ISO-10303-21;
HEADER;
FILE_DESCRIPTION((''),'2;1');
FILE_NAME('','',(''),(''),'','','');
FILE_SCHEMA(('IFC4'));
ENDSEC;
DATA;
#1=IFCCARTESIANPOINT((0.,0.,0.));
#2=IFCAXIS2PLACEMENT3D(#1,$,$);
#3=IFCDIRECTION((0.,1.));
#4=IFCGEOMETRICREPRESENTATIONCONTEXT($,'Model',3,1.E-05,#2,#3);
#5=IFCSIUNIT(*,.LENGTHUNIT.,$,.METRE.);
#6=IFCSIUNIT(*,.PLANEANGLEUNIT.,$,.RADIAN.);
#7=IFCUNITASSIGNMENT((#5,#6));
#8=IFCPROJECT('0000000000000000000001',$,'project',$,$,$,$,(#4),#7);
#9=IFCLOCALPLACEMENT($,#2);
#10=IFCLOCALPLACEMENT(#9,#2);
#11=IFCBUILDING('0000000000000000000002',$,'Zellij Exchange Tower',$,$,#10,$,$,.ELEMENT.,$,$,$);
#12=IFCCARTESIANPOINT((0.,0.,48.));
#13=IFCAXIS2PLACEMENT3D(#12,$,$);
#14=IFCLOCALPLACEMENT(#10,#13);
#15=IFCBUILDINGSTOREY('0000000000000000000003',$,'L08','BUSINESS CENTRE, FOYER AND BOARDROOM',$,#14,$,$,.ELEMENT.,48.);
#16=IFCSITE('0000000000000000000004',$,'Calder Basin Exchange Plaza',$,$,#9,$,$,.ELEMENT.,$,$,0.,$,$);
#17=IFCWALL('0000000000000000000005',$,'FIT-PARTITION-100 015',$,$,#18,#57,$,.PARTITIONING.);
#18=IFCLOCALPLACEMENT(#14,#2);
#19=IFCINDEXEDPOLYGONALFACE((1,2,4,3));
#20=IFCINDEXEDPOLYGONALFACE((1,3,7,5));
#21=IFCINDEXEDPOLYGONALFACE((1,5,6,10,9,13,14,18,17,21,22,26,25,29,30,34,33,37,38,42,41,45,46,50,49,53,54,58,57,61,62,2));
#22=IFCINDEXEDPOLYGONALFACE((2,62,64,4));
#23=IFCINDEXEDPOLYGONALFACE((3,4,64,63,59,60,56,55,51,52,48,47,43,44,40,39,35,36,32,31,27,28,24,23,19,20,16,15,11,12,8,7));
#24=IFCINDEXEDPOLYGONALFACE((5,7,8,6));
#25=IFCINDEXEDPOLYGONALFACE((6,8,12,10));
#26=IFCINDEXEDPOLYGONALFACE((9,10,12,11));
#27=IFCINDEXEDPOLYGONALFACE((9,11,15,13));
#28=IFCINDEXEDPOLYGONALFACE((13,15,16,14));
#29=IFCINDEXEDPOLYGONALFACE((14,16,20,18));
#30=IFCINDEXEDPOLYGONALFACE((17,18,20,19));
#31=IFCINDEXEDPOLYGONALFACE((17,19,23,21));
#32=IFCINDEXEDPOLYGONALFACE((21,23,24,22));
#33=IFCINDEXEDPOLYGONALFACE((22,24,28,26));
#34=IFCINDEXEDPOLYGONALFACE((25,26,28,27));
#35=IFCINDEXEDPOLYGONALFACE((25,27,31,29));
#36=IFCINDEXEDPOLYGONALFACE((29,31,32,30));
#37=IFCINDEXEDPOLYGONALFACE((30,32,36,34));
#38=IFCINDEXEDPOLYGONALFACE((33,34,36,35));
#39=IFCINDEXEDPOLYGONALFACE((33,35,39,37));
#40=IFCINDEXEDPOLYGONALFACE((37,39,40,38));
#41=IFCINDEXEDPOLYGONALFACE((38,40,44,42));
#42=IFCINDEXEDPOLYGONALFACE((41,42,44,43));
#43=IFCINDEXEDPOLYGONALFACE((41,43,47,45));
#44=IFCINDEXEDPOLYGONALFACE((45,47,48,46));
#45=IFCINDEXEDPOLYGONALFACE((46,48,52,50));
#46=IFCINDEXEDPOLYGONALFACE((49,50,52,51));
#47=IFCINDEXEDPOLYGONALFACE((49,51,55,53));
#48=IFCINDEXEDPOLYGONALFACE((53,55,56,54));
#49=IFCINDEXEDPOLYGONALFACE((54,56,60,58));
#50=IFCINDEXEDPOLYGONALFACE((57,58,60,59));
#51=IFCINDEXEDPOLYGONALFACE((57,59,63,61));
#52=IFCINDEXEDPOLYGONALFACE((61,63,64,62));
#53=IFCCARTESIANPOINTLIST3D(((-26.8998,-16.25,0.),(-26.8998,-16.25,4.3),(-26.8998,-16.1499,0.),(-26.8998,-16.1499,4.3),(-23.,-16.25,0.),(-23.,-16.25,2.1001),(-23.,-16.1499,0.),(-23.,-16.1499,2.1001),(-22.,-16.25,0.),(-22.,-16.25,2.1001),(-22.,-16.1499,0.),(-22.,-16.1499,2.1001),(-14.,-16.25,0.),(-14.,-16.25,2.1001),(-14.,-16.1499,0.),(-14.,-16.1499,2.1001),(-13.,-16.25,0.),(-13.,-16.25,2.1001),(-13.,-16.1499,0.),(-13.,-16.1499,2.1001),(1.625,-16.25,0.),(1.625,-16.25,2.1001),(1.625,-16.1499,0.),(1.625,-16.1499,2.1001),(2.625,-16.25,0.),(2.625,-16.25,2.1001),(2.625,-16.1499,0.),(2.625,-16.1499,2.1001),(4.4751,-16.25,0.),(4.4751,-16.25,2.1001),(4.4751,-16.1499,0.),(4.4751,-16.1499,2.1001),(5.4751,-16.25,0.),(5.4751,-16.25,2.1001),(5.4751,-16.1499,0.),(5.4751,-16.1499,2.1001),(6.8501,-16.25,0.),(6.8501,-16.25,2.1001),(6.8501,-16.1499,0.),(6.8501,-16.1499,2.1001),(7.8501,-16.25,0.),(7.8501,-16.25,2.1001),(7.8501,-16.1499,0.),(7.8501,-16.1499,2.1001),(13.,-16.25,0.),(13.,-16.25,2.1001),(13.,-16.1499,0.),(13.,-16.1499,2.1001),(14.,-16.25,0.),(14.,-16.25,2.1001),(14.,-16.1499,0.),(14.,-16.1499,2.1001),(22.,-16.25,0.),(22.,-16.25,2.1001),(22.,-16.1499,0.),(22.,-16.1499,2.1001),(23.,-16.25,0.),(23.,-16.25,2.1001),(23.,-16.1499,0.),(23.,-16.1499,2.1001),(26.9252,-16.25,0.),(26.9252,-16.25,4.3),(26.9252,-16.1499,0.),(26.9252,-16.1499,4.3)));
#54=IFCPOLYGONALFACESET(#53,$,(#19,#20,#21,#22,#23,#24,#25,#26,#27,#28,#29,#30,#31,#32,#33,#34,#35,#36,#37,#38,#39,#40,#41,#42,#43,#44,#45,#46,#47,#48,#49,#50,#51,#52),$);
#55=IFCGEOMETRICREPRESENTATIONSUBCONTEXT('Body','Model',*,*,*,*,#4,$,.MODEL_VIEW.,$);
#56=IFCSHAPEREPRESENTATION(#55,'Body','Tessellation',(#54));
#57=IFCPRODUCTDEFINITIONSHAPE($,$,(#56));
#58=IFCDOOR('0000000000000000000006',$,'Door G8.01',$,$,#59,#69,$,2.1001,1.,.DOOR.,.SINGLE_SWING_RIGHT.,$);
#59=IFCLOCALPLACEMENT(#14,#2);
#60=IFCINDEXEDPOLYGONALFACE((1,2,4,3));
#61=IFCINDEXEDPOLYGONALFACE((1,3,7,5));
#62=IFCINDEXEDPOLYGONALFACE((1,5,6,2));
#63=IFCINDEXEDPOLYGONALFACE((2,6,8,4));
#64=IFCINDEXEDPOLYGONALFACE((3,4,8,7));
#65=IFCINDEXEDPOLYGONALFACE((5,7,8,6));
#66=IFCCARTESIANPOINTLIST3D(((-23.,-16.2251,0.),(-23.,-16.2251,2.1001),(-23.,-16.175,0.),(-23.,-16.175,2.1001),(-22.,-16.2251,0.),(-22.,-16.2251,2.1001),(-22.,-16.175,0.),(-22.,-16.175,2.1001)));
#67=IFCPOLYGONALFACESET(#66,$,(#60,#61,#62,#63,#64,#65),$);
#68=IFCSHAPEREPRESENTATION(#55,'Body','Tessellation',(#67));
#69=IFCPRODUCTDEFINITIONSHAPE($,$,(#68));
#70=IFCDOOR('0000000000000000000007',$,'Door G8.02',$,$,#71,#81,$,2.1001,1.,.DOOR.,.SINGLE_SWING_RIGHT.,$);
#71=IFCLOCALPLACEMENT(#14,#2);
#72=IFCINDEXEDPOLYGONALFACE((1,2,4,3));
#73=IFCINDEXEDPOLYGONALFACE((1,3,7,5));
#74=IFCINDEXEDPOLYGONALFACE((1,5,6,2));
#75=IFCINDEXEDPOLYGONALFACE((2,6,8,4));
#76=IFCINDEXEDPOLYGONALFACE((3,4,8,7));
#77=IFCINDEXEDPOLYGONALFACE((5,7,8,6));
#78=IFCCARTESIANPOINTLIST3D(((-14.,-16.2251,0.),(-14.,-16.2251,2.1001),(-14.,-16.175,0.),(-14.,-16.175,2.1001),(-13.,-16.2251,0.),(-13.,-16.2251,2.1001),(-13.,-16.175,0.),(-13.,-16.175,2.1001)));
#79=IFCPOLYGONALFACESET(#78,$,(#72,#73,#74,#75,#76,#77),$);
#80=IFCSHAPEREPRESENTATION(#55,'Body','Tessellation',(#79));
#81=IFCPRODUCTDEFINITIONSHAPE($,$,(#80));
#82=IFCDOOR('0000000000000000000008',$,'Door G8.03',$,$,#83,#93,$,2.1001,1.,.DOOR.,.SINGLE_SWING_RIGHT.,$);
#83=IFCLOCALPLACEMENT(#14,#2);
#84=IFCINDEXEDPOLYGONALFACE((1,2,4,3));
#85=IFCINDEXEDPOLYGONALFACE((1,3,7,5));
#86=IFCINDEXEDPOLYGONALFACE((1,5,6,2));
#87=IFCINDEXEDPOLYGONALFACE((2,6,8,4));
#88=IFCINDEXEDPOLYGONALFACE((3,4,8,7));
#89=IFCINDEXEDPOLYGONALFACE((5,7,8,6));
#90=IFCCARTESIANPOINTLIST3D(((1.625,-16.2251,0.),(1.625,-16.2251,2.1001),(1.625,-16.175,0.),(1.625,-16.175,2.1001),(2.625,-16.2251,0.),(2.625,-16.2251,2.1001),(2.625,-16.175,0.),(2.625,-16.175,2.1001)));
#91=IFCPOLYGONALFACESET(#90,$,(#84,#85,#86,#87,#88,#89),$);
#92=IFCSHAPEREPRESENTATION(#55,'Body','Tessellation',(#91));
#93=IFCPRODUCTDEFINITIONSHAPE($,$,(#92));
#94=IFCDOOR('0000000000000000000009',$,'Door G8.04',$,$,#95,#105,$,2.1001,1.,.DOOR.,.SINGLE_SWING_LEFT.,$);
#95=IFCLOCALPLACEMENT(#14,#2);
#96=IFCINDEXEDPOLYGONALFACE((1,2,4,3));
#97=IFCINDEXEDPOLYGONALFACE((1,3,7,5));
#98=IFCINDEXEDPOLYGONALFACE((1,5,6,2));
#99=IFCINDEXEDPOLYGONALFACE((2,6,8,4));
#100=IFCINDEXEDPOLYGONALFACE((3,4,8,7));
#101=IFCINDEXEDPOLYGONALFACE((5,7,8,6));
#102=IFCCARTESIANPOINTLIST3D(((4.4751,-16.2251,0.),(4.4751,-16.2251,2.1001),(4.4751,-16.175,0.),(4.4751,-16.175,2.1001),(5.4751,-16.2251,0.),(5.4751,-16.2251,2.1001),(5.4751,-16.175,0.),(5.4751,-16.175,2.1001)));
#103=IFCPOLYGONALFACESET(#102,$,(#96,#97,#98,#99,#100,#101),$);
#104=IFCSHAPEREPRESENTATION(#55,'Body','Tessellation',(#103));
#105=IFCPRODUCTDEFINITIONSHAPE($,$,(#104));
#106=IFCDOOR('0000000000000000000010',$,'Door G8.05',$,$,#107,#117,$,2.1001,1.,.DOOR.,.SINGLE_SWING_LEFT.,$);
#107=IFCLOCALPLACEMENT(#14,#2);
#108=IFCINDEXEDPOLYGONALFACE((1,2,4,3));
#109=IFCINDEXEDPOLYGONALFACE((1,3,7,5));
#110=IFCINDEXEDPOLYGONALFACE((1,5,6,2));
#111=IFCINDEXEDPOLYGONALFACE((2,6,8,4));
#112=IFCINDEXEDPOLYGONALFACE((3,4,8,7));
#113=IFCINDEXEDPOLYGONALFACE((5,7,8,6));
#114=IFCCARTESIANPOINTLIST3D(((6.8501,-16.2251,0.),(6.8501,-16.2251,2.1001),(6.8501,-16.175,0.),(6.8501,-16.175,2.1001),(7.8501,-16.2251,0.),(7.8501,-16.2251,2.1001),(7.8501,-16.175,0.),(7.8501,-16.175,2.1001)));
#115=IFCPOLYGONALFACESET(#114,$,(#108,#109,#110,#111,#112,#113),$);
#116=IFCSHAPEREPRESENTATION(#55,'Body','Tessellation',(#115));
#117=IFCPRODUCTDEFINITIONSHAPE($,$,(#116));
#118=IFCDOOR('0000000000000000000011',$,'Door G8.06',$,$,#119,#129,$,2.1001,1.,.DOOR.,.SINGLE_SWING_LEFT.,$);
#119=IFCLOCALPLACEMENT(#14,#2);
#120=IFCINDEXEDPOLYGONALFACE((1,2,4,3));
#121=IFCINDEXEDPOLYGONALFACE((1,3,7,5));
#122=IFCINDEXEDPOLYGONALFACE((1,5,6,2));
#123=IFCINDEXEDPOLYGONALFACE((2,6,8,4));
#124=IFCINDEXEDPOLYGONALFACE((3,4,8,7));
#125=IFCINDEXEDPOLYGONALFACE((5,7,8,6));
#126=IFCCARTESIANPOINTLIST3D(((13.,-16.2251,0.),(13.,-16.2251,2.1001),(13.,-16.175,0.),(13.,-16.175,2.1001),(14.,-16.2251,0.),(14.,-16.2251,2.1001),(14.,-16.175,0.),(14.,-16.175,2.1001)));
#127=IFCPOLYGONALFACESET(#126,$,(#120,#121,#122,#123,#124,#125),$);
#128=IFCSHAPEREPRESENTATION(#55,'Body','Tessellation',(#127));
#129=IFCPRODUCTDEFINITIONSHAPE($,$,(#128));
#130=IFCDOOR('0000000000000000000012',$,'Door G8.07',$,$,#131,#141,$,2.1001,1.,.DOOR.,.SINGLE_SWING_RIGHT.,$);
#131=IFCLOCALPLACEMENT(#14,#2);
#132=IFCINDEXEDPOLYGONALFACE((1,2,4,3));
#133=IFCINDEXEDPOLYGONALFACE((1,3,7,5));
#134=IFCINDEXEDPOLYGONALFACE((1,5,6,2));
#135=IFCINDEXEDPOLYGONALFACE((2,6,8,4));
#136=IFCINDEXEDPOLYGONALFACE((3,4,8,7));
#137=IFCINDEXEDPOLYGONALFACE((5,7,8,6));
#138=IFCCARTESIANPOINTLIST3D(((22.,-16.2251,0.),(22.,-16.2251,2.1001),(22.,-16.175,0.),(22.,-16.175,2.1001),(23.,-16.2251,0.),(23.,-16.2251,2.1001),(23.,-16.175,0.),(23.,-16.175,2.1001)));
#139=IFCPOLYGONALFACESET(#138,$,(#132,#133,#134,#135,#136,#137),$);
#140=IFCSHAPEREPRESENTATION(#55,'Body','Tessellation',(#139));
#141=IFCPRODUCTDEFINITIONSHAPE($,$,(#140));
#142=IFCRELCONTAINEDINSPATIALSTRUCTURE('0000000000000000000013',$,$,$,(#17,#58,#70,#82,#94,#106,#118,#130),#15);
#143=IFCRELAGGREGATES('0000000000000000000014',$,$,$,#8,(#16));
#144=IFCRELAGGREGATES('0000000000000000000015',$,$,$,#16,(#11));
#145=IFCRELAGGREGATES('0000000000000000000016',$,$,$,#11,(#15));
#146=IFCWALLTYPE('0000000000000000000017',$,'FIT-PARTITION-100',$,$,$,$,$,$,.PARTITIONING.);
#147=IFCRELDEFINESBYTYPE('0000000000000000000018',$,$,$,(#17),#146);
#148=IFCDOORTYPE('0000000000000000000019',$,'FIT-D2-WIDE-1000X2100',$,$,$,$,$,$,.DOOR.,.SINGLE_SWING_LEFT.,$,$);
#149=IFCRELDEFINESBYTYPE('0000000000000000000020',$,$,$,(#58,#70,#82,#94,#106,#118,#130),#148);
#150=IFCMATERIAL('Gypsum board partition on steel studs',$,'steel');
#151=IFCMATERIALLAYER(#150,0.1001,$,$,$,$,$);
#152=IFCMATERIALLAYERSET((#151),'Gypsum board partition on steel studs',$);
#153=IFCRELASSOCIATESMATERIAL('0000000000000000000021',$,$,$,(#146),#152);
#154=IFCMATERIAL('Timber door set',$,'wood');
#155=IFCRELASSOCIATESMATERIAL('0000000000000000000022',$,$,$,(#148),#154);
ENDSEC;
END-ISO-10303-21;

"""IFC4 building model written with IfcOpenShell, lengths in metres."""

from ifc_helpers import new_model, si_unit, direction, frame, frame_2d, origin, place, context, subcontext, project, spatial, rectangle, extrude, material, layer, layer_set, type_object, element, fill, save


model = new_model("IFC4")

# Units and contexts
model_context = context("Model", 3, precision=1e-05, world=origin(), true_north=direction((0.0, 1.0)))
body_context = subcontext(model_context, "Body", "Model", "MODEL_VIEW")
ifc_project = project(units=[si_unit("LENGTHUNIT", "METRE"), si_unit("PLANEANGLEUNIT", "RADIAN")], contexts=[model_context])

# Site, building, storey
site_placement = place(None, origin())
site = spatial("IfcSite", under=ifc_project, at=site_placement, Name="Calder Basin Exchange Plaza", CompositionType="ELEMENT", RefElevation=0.0)
building_placement = place(site_placement, origin())
building = spatial("IfcBuilding", under=site, at=building_placement, Name="Zellij Exchange Tower", CompositionType="ELEMENT")
storey_placement = place(building_placement, frame((0.0, 0.0, 48.0)))
storey = spatial("IfcBuildingStorey", under=building, at=storey_placement, Name="L08", Description="BUSINESS CENTRE, FOYER AND BOARDROOM", CompositionType="ELEMENT", Elevation=48.0)

# Wall, openings, doors
ifc_material_1 = material(Name="Gypsum board partition on steel studs", Category="steel")
ifc_layer_1 = layer(ifc_material_1, 0.1001)
ifc_layer_set_1 = layer_set([ifc_layer_1], Name="Gypsum board partition on steel studs")
wall_type_1 = type_object("IfcWallType", Name="FIT-PARTITION-100", PredefinedType="PARTITIONING", material=ifc_layer_set_1)
wall_1_placement = place(storey_placement, frame((-26.8999, -16.2, 0.0), z_axis=(0.0, 0.0, 1.0), x_axis=(1.0, 0.0, 0.0)))
wall_1 = element("IfcWall", 1, at=wall_1_placement, inside=storey, type_object=wall_type_1, Name="FIT-PARTITION-100 015", PredefinedType="PARTITIONING", context=body_context, shape_type="SweptSolid", body=[
    extrude(rectangle(XDim=53.825, YDim=0.1001, at=frame_2d((26.9126, 0.0))), origin(), (0.0, 0.0, 1.0), 4.3),
])
opening_1_placement = place(wall_1_placement, frame((3.8999, 0.0, 0.0)))
opening_1 = element("IfcOpeningElement", 2, at=opening_1_placement, cuts=wall_1, PredefinedType="OPENING", context=body_context, shape_type="SweptSolid", body=[
    extrude(rectangle(XDim=1.0, YDim=2.1001, at=frame_2d((0.5, 1.05))), frame((0.0, 0.062, 0.0), z_axis=(0.0, -1.0, 0.0), x_axis=(1.0, 0.0, 0.0)), (0.0, 0.0, 1.0), 0.124),
])
opening_2_placement = place(wall_1_placement, frame((12.8999, 0.0, 0.0)))
opening_2 = element("IfcOpeningElement", 3, at=opening_2_placement, cuts=wall_1, PredefinedType="OPENING", context=body_context, shape_type="SweptSolid", body=[
    extrude(rectangle(XDim=1.0, YDim=2.1001, at=frame_2d((0.5, 1.05))), frame((0.0, 0.062, 0.0), z_axis=(0.0, -1.0, 0.0), x_axis=(1.0, 0.0, 0.0)), (0.0, 0.0, 1.0), 0.124),
])
opening_3_placement = place(wall_1_placement, frame((28.5249, 0.0, 0.0)))
opening_3 = element("IfcOpeningElement", 4, at=opening_3_placement, cuts=wall_1, PredefinedType="OPENING", context=body_context, shape_type="SweptSolid", body=[
    extrude(rectangle(XDim=1.0, YDim=2.1001, at=frame_2d((0.5, 1.05))), frame((0.0, 0.062, 0.0), z_axis=(0.0, -1.0, 0.0), x_axis=(1.0, 0.0, 0.0)), (0.0, 0.0, 1.0), 0.124),
])
opening_4_placement = place(wall_1_placement, frame((31.375, 0.0, 0.0)))
opening_4 = element("IfcOpeningElement", 5, at=opening_4_placement, cuts=wall_1, PredefinedType="OPENING", context=body_context, shape_type="SweptSolid", body=[
    extrude(rectangle(XDim=1.0, YDim=2.1001, at=frame_2d((0.5, 1.05))), frame((0.0, 0.062, 0.0), z_axis=(0.0, -1.0, 0.0), x_axis=(1.0, 0.0, 0.0)), (0.0, 0.0, 1.0), 0.124),
])
opening_5_placement = place(wall_1_placement, frame((33.75, 0.0, 0.0)))
opening_5 = element("IfcOpeningElement", 6, at=opening_5_placement, cuts=wall_1, PredefinedType="OPENING", context=body_context, shape_type="SweptSolid", body=[
    extrude(rectangle(XDim=1.0, YDim=2.1001, at=frame_2d((0.5, 1.05))), frame((0.0, 0.062, 0.0), z_axis=(0.0, -1.0, 0.0), x_axis=(1.0, 0.0, 0.0)), (0.0, 0.0, 1.0), 0.124),
])
opening_6_placement = place(wall_1_placement, frame((39.8999, 0.0, 0.0)))
opening_6 = element("IfcOpeningElement", 7, at=opening_6_placement, cuts=wall_1, PredefinedType="OPENING", context=body_context, shape_type="SweptSolid", body=[
    extrude(rectangle(XDim=1.0, YDim=2.1001, at=frame_2d((0.5, 1.05))), frame((0.0, 0.062, 0.0), z_axis=(0.0, -1.0, 0.0), x_axis=(1.0, 0.0, 0.0)), (0.0, 0.0, 1.0), 0.124),
])
opening_7_placement = place(wall_1_placement, frame((48.8999, 0.0, 0.0)))
opening_7 = element("IfcOpeningElement", 8, at=opening_7_placement, cuts=wall_1, PredefinedType="OPENING", context=body_context, shape_type="SweptSolid", body=[
    extrude(rectangle(XDim=1.0, YDim=2.1001, at=frame_2d((0.5, 1.05))), frame((0.0, 0.062, 0.0), z_axis=(0.0, -1.0, 0.0), x_axis=(1.0, 0.0, 0.0)), (0.0, 0.0, 1.0), 0.124),
])
ifc_material_2 = material(Name="Timber door set", Category="wood")
door_type_1 = type_object("IfcDoorType", Name="FIT-D2-WIDE-1000X2100", OperationType="SINGLE_SWING_LEFT", PredefinedType="DOOR", material=ifc_material_2)
door_1_placement = place(opening_1_placement, origin())
door_1 = element("IfcDoor", 9, at=door_1_placement, inside=storey, type_object=door_type_1, Name="Door G8.01", OperationType="SINGLE_SWING_RIGHT", OverallHeight=2.1001, OverallWidth=1.0, PredefinedType="DOOR", context=body_context, shape_type="SweptSolid", body=[
    extrude(rectangle(XDim=1.0, YDim=2.1001, at=frame_2d((0.5, 1.05))), frame((0.0, 0.0249, 0.0), z_axis=(0.0, -1.0, 0.0), x_axis=(1.0, 0.0, 0.0)), (0.0, 0.0, 1.0), 0.05),
])
fill(opening_1, door_1)
door_2_placement = place(opening_2_placement, origin())
door_2 = element("IfcDoor", 10, at=door_2_placement, inside=storey, type_object=door_type_1, Name="Door G8.02", OperationType="SINGLE_SWING_RIGHT", OverallHeight=2.1001, OverallWidth=1.0, PredefinedType="DOOR", context=body_context, shape_type="SweptSolid", body=[
    extrude(rectangle(XDim=1.0, YDim=2.1001, at=frame_2d((0.5, 1.05))), frame((0.0, 0.0249, 0.0), z_axis=(0.0, -1.0, 0.0), x_axis=(1.0, 0.0, 0.0)), (0.0, 0.0, 1.0), 0.05),
])
fill(opening_2, door_2)
door_3_placement = place(opening_3_placement, origin())
door_3 = element("IfcDoor", 11, at=door_3_placement, inside=storey, type_object=door_type_1, Name="Door G8.03", OperationType="SINGLE_SWING_RIGHT", OverallHeight=2.1001, OverallWidth=1.0, PredefinedType="DOOR", context=body_context, shape_type="SweptSolid", body=[
    extrude(rectangle(XDim=1.0, YDim=2.1001, at=frame_2d((0.5, 1.05))), frame((0.0, 0.0249, 0.0), z_axis=(0.0, -1.0, 0.0), x_axis=(1.0, 0.0, 0.0)), (0.0, 0.0, 1.0), 0.05),
])
fill(opening_3, door_3)
door_4_placement = place(opening_4_placement, origin())
door_4 = element("IfcDoor", 12, at=door_4_placement, inside=storey, type_object=door_type_1, Name="Door G8.04", OperationType="SINGLE_SWING_LEFT", OverallHeight=2.1001, OverallWidth=1.0, PredefinedType="DOOR", context=body_context, shape_type="SweptSolid", body=[
    extrude(rectangle(XDim=1.0, YDim=2.1001, at=frame_2d((0.5, 1.05))), frame((0.0, 0.0249, 0.0), z_axis=(0.0, -1.0, 0.0), x_axis=(1.0, 0.0, 0.0)), (0.0, 0.0, 1.0), 0.05),
])
fill(opening_4, door_4)
door_5_placement = place(opening_5_placement, origin())
door_5 = element("IfcDoor", 13, at=door_5_placement, inside=storey, type_object=door_type_1, Name="Door G8.05", OperationType="SINGLE_SWING_LEFT", OverallHeight=2.1001, OverallWidth=1.0, PredefinedType="DOOR", context=body_context, shape_type="SweptSolid", body=[
    extrude(rectangle(XDim=1.0, YDim=2.1001, at=frame_2d((0.5, 1.05))), frame((0.0, 0.0249, 0.0), z_axis=(0.0, -1.0, 0.0), x_axis=(1.0, 0.0, 0.0)), (0.0, 0.0, 1.0), 0.05),
])
fill(opening_5, door_5)
door_6_placement = place(opening_6_placement, origin())
door_6 = element("IfcDoor", 14, at=door_6_placement, inside=storey, type_object=door_type_1, Name="Door G8.06", OperationType="SINGLE_SWING_LEFT", OverallHeight=2.1001, OverallWidth=1.0, PredefinedType="DOOR", context=body_context, shape_type="SweptSolid", body=[
    extrude(rectangle(XDim=1.0, YDim=2.1001, at=frame_2d((0.5, 1.05))), frame((0.0, 0.0249, 0.0), z_axis=(0.0, -1.0, 0.0), x_axis=(1.0, 0.0, 0.0)), (0.0, 0.0, 1.0), 0.05),
])
fill(opening_6, door_6)
door_7_placement = place(opening_7_placement, origin())
door_7 = element("IfcDoor", 15, at=door_7_placement, inside=storey, type_object=door_type_1, Name="Door G8.07", OperationType="SINGLE_SWING_RIGHT", OverallHeight=2.1001, OverallWidth=1.0, PredefinedType="DOOR", context=body_context, shape_type="SweptSolid", body=[
    extrude(rectangle(XDim=1.0, YDim=2.1001, at=frame_2d((0.5, 1.05))), frame((0.0, 0.0249, 0.0), z_axis=(0.0, -1.0, 0.0), x_axis=(1.0, 0.0, 0.0)), (0.0, 0.0, 1.0), 0.05),
])
fill(opening_7, door_7)

save(model, "model.ifc")
